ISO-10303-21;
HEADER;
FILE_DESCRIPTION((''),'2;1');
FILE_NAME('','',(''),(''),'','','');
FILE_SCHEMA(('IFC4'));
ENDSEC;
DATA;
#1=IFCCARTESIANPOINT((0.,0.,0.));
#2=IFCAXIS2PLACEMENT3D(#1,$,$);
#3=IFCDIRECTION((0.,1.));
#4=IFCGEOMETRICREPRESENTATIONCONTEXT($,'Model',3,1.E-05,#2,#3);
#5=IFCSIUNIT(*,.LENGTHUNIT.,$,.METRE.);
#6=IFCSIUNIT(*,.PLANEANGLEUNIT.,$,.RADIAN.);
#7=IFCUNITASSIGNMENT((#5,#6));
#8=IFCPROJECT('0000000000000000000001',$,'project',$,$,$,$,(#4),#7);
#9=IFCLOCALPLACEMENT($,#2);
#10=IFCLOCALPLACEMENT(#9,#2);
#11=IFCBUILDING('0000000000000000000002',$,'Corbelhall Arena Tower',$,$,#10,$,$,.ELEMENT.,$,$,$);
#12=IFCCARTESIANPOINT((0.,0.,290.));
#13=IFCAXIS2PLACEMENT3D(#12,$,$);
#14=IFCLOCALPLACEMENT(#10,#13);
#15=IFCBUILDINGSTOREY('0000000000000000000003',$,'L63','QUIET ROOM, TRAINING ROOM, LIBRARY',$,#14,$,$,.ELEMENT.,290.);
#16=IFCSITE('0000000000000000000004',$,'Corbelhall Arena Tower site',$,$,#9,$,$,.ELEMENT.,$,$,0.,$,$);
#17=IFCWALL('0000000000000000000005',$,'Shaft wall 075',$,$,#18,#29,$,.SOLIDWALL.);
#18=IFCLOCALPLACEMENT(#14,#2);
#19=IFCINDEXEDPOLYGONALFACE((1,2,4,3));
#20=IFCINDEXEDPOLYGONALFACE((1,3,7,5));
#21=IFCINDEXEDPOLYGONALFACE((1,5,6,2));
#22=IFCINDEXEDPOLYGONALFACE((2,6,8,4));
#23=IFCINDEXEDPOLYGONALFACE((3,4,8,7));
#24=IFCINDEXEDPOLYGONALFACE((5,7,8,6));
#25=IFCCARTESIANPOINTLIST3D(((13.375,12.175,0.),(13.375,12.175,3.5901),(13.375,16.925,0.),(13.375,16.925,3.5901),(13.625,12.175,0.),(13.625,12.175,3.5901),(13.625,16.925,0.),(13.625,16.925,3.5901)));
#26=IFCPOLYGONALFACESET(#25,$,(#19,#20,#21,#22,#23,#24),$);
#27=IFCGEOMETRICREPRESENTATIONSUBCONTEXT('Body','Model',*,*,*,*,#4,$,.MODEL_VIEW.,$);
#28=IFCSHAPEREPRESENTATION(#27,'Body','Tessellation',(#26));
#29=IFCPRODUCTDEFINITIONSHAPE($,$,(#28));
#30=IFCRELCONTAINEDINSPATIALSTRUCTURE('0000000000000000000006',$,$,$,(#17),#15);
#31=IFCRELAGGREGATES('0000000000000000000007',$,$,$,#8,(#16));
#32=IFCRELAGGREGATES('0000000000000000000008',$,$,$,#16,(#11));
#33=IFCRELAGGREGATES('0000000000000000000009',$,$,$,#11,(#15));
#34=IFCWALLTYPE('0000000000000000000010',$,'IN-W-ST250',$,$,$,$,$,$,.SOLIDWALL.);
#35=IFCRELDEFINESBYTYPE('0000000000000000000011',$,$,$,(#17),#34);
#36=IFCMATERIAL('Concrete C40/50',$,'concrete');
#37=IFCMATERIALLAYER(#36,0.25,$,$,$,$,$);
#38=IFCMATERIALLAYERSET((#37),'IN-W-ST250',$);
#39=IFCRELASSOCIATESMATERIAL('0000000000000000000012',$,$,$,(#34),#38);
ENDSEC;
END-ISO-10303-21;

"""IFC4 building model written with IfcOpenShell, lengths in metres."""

from ifc_helpers import new_model, si_unit, direction, frame, frame_2d, origin, place, context, subcontext, project, spatial, rectangle, extrude, material, layer, layer_set, type_object, element, save


model = new_model("IFC4")

# Units and contexts
model_context = context("Model", 3, precision=1e-05, world=origin(), true_north=direction((0.0, 1.0)))
body_context = subcontext(model_context, "Body", "Model", "MODEL_VIEW")
ifc_project = project(units=[si_unit("LENGTHUNIT", "METRE"), si_unit("PLANEANGLEUNIT", "RADIAN")], contexts=[model_context])

# Site, building, storey
site_placement = place(None, origin())
site = spatial("IfcSite", under=ifc_project, at=site_placement, Name="Corbelhall Arena Tower site", CompositionType="ELEMENT", RefElevation=0.0)
building_placement = place(site_placement, origin())
building = spatial("IfcBuilding", under=site, at=building_placement, Name="Corbelhall Arena Tower", CompositionType="ELEMENT")
storey_placement = place(building_placement, frame((0.0, 0.0, 290.0)))
storey = spatial("IfcBuildingStorey", under=building, at=storey_placement, Name="L63", Description="QUIET ROOM, TRAINING ROOM, LIBRARY", CompositionType="ELEMENT", Elevation=290.0)

# Wall
ifc_material_1 = material(Name="Concrete C40/50", Category="concrete")
ifc_layer_1 = layer(ifc_material_1, 0.25)
ifc_layer_set_1 = layer_set([ifc_layer_1], Name="IN-W-ST250")
wall_type_1 = type_object("IfcWallType", Name="IN-W-ST250", PredefinedType="SOLIDWALL", material=ifc_layer_set_1)
wall_1_placement = place(storey_placement, frame((13.5, 12.175, 0.0), z_axis=(0.0, 0.0, 1.0), x_axis=(0.0, 1.0, 0.0)))
element("IfcWall", 1, at=wall_1_placement, inside=storey, type_object=wall_type_1, Name="Shaft wall 075", PredefinedType="SOLIDWALL", context=body_context, shape_type="SweptSolid", body=[
    extrude(rectangle(XDim=4.75, YDim=0.25, at=frame_2d((2.375, 0.0))), origin(), (0.0, 0.0, 1.0), 3.5901),
])

save(model, "model.ifc")
